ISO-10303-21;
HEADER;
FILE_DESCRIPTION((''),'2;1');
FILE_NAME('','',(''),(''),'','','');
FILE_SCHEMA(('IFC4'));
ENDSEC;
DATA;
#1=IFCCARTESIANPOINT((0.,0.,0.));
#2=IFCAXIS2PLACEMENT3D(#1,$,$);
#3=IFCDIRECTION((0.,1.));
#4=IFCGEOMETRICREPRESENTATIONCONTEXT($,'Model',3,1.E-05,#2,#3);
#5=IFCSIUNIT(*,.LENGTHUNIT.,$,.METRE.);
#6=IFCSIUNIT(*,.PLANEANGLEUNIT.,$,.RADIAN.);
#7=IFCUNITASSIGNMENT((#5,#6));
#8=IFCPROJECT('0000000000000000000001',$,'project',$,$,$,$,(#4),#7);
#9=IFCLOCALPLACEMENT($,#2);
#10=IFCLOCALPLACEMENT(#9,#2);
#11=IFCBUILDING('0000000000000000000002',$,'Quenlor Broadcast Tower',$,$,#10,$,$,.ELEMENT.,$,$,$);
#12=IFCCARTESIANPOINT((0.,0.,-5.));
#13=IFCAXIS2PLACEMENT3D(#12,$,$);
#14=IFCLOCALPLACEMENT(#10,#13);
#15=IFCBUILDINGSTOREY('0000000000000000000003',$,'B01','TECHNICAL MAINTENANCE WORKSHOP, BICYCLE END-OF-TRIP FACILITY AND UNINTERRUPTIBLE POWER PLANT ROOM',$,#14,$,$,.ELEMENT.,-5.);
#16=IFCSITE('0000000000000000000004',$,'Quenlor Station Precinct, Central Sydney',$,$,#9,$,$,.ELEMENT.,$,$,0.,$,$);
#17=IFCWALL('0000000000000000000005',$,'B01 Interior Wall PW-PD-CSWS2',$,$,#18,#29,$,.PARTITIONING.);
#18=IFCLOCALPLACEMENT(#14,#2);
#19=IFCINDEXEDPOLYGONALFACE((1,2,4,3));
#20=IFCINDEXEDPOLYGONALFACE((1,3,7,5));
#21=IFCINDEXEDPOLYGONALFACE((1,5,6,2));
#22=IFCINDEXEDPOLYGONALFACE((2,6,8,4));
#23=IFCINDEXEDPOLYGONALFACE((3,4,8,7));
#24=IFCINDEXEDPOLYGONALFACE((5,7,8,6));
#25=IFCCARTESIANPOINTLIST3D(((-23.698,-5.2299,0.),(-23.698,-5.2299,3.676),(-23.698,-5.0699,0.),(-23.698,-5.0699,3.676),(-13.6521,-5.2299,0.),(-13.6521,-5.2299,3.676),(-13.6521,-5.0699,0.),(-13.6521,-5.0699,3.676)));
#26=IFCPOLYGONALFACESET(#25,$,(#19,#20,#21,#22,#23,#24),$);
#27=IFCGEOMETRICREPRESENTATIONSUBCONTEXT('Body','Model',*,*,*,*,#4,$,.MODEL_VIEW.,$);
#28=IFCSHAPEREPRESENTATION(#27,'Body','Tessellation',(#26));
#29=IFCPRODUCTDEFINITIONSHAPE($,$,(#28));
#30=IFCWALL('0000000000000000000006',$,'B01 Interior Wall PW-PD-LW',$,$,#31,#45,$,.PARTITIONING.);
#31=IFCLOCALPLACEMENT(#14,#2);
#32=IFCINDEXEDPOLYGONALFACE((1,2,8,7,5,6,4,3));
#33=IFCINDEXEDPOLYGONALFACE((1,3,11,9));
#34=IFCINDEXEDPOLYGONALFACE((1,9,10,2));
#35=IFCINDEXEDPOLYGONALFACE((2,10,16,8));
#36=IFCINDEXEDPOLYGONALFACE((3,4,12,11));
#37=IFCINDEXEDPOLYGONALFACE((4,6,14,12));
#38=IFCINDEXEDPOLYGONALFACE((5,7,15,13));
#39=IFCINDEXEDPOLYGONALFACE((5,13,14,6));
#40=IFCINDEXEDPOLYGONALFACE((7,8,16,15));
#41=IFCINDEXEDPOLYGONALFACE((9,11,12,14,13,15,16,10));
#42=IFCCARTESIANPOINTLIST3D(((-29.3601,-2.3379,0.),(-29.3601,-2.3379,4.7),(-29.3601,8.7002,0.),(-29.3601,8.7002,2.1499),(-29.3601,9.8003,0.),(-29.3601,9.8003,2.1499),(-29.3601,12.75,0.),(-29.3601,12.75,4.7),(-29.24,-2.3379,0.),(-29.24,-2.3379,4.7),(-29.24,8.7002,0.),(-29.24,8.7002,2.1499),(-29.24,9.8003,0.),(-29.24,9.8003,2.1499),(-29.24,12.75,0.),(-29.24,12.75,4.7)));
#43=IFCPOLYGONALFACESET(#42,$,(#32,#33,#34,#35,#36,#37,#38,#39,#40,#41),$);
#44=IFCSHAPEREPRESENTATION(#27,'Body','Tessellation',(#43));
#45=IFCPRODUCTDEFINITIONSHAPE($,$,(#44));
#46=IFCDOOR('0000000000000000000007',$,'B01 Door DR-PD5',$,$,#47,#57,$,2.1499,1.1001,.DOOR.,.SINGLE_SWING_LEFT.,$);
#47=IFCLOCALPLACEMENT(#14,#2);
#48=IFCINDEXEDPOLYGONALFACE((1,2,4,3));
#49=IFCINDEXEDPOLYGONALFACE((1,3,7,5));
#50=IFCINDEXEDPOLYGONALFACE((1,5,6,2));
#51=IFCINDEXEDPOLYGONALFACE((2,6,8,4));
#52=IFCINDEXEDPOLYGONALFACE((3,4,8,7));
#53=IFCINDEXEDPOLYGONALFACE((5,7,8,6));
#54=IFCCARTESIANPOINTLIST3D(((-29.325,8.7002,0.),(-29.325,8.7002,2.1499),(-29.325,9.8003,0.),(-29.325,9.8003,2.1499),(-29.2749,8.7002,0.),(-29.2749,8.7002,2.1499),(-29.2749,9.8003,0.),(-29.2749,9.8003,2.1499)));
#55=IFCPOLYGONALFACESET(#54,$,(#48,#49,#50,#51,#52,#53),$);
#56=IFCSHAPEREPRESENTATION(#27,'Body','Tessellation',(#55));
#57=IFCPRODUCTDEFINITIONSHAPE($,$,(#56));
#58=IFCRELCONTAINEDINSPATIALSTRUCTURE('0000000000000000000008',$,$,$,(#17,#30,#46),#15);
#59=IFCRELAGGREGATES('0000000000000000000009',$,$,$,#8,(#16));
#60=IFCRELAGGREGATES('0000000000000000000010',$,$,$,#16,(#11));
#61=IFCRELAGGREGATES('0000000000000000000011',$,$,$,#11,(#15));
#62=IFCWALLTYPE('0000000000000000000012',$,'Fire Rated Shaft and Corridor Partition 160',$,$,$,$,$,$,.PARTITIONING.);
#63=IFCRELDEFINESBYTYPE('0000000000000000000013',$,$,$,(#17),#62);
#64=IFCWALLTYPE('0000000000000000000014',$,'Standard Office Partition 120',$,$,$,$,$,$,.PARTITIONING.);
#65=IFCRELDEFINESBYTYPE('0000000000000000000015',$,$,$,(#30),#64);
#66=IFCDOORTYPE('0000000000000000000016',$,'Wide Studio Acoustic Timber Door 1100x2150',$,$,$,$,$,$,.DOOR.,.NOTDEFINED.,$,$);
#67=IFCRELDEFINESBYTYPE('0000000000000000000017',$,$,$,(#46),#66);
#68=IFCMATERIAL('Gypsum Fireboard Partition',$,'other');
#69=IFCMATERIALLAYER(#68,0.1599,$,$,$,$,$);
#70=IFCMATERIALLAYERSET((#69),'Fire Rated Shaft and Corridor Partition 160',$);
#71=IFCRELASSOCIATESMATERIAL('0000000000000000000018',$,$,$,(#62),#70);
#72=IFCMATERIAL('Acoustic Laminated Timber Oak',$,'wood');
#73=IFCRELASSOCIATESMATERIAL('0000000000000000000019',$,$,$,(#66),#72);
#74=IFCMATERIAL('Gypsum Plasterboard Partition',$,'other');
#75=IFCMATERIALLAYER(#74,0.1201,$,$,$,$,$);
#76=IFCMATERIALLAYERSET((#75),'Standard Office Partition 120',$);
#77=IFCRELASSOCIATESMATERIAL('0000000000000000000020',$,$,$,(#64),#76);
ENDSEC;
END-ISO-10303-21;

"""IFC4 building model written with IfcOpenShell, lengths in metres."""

from ifc_helpers import new_model, si_unit, direction, frame, frame_2d, origin, place, context, subcontext, project, spatial, rectangle, extrude, material, layer, layer_set, type_object, element, fill, save


model = new_model("IFC4")

# Units and contexts
model_context = context("Model", 3, precision=1e-05, world=origin(), true_north=direction((0.0, 1.0)))
body_context = subcontext(model_context, "Body", "Model", "MODEL_VIEW")
ifc_project = project(units=[si_unit("LENGTHUNIT", "METRE"), si_unit("PLANEANGLEUNIT", "RADIAN")], contexts=[model_context])

# Site, building, storey
site_placement = place(None, origin())
site = spatial("IfcSite", under=ifc_project, at=site_placement, Name="Quenlor Station Precinct, Central Sydney", CompositionType="ELEMENT", RefElevation=0.0)
building_placement = place(site_placement, origin())
building = spatial("IfcBuilding", under=site, at=building_placement, Name="Quenlor Broadcast Tower", CompositionType="ELEMENT")
storey_placement = place(building_placement, frame((0.0, 0.0, -5.0)))
storey = spatial("IfcBuildingStorey", under=building, at=storey_placement, Name="B01", Description="TECHNICAL MAINTENANCE WORKSHOP, BICYCLE END-OF-TRIP FACILITY AND UNINTERRUPTIBLE POWER PLANT ROOM", CompositionType="ELEMENT", Elevation=-5.0)

# Shared definitions
ifc_material_1 = material(Name="Gypsum Fireboard Partition", Category="other")
ifc_layer_1 = layer(ifc_material_1, 0.1599)
ifc_layer_set_1 = layer_set([ifc_layer_1], Name="Fire Rated Shaft and Corridor Partition 160")
wall_type_1 = type_object("IfcWallType", Name="Fire Rated Shaft and Corridor Partition 160", PredefinedType="PARTITIONING", material=ifc_layer_set_1)
ifc_material_2 = material(Name="Acoustic Laminated Timber Oak", Category="wood")
door_type = type_object("IfcDoorType", Name="Wide Studio Acoustic Timber Door 1100x2150", OperationType="NOTDEFINED", PredefinedType="DOOR", material=ifc_material_2)

# Wall
wall_1_placement = place(storey_placement, frame((-23.698, -5.1499, 0.0), z_axis=(0.0, 0.0, 1.0), x_axis=(1.0, 0.0, 0.0)))
element("IfcWall", 1, at=wall_1_placement, inside=storey, type_object=wall_type_1, Name="B01 Interior Wall PW-PD-CSWS2", PredefinedType="PARTITIONING", context=body_context, shape_type="SweptSolid", body=[
    extrude(rectangle(XDim=10.0459, YDim=0.1599, at=frame_2d((5.0229, 0.0))), origin(), (0.0, 0.0, 1.0), 3.676),
])

# Wall, opening, door
ifc_material_3 = material(Name="Gypsum Plasterboard Partition", Category="other")
ifc_layer_2 = layer(ifc_material_3, 0.1201)
ifc_layer_set_2 = layer_set([ifc_layer_2], Name="Standard Office Partition 120")
wall_type_2 = type_object("IfcWallType", Name="Standard Office Partition 120", PredefinedType="PARTITIONING", material=ifc_layer_set_2)
wall_2_placement = place(storey_placement, frame((-29.3, -2.3379, 0.0), z_axis=(0.0, 0.0, 1.0), x_axis=(0.0, 1.0, 0.0)))
wall_2 = element("IfcWall", 2, at=wall_2_placement, inside=storey, type_object=wall_type_2, Name="B01 Interior Wall PW-PD-LW", PredefinedType="PARTITIONING", context=body_context, shape_type="SweptSolid", body=[
    extrude(rectangle(XDim=15.0879, YDim=0.1201, at=frame_2d((7.5439, 0.0))), origin(), (0.0, 0.0, 1.0), 4.7),
])
opening_1_placement = place(wall_2_placement, frame((11.0381, 0.0, 0.0)))
opening_1 = element("IfcOpeningElement", 3, at=opening_1_placement, cuts=wall_2, PredefinedType="OPENING", context=body_context, shape_type="SweptSolid", body=[
    extrude(rectangle(XDim=1.1001, YDim=2.1499, at=frame_2d((0.55, 1.075))), frame((0.0, 0.0701, 0.0), z_axis=(0.0, -1.0, 0.0), x_axis=(1.0, 0.0, 0.0)), (0.0, 0.0, 1.0), 0.1401),
])
door_1_placement = place(opening_1_placement, origin())
door_1 = element("IfcDoor", 4, at=door_1_placement, inside=storey, type_object=door_type, Name="B01 Door DR-PD5", OperationType="SINGLE_SWING_LEFT", OverallHeight=2.1499, OverallWidth=1.1001, PredefinedType="DOOR", context=body_context, shape_type="SweptSolid", body=[
    extrude(rectangle(XDim=1.1001, YDim=2.1499, at=frame_2d((0.55, 1.075))), frame((0.0, 0.0249, 0.0), z_axis=(0.0, -1.0, 0.0), x_axis=(1.0, 0.0, 0.0)), (0.0, 0.0, 1.0), 0.05),
])
fill(opening_1, door_1)

save(model, "model.ifc")
